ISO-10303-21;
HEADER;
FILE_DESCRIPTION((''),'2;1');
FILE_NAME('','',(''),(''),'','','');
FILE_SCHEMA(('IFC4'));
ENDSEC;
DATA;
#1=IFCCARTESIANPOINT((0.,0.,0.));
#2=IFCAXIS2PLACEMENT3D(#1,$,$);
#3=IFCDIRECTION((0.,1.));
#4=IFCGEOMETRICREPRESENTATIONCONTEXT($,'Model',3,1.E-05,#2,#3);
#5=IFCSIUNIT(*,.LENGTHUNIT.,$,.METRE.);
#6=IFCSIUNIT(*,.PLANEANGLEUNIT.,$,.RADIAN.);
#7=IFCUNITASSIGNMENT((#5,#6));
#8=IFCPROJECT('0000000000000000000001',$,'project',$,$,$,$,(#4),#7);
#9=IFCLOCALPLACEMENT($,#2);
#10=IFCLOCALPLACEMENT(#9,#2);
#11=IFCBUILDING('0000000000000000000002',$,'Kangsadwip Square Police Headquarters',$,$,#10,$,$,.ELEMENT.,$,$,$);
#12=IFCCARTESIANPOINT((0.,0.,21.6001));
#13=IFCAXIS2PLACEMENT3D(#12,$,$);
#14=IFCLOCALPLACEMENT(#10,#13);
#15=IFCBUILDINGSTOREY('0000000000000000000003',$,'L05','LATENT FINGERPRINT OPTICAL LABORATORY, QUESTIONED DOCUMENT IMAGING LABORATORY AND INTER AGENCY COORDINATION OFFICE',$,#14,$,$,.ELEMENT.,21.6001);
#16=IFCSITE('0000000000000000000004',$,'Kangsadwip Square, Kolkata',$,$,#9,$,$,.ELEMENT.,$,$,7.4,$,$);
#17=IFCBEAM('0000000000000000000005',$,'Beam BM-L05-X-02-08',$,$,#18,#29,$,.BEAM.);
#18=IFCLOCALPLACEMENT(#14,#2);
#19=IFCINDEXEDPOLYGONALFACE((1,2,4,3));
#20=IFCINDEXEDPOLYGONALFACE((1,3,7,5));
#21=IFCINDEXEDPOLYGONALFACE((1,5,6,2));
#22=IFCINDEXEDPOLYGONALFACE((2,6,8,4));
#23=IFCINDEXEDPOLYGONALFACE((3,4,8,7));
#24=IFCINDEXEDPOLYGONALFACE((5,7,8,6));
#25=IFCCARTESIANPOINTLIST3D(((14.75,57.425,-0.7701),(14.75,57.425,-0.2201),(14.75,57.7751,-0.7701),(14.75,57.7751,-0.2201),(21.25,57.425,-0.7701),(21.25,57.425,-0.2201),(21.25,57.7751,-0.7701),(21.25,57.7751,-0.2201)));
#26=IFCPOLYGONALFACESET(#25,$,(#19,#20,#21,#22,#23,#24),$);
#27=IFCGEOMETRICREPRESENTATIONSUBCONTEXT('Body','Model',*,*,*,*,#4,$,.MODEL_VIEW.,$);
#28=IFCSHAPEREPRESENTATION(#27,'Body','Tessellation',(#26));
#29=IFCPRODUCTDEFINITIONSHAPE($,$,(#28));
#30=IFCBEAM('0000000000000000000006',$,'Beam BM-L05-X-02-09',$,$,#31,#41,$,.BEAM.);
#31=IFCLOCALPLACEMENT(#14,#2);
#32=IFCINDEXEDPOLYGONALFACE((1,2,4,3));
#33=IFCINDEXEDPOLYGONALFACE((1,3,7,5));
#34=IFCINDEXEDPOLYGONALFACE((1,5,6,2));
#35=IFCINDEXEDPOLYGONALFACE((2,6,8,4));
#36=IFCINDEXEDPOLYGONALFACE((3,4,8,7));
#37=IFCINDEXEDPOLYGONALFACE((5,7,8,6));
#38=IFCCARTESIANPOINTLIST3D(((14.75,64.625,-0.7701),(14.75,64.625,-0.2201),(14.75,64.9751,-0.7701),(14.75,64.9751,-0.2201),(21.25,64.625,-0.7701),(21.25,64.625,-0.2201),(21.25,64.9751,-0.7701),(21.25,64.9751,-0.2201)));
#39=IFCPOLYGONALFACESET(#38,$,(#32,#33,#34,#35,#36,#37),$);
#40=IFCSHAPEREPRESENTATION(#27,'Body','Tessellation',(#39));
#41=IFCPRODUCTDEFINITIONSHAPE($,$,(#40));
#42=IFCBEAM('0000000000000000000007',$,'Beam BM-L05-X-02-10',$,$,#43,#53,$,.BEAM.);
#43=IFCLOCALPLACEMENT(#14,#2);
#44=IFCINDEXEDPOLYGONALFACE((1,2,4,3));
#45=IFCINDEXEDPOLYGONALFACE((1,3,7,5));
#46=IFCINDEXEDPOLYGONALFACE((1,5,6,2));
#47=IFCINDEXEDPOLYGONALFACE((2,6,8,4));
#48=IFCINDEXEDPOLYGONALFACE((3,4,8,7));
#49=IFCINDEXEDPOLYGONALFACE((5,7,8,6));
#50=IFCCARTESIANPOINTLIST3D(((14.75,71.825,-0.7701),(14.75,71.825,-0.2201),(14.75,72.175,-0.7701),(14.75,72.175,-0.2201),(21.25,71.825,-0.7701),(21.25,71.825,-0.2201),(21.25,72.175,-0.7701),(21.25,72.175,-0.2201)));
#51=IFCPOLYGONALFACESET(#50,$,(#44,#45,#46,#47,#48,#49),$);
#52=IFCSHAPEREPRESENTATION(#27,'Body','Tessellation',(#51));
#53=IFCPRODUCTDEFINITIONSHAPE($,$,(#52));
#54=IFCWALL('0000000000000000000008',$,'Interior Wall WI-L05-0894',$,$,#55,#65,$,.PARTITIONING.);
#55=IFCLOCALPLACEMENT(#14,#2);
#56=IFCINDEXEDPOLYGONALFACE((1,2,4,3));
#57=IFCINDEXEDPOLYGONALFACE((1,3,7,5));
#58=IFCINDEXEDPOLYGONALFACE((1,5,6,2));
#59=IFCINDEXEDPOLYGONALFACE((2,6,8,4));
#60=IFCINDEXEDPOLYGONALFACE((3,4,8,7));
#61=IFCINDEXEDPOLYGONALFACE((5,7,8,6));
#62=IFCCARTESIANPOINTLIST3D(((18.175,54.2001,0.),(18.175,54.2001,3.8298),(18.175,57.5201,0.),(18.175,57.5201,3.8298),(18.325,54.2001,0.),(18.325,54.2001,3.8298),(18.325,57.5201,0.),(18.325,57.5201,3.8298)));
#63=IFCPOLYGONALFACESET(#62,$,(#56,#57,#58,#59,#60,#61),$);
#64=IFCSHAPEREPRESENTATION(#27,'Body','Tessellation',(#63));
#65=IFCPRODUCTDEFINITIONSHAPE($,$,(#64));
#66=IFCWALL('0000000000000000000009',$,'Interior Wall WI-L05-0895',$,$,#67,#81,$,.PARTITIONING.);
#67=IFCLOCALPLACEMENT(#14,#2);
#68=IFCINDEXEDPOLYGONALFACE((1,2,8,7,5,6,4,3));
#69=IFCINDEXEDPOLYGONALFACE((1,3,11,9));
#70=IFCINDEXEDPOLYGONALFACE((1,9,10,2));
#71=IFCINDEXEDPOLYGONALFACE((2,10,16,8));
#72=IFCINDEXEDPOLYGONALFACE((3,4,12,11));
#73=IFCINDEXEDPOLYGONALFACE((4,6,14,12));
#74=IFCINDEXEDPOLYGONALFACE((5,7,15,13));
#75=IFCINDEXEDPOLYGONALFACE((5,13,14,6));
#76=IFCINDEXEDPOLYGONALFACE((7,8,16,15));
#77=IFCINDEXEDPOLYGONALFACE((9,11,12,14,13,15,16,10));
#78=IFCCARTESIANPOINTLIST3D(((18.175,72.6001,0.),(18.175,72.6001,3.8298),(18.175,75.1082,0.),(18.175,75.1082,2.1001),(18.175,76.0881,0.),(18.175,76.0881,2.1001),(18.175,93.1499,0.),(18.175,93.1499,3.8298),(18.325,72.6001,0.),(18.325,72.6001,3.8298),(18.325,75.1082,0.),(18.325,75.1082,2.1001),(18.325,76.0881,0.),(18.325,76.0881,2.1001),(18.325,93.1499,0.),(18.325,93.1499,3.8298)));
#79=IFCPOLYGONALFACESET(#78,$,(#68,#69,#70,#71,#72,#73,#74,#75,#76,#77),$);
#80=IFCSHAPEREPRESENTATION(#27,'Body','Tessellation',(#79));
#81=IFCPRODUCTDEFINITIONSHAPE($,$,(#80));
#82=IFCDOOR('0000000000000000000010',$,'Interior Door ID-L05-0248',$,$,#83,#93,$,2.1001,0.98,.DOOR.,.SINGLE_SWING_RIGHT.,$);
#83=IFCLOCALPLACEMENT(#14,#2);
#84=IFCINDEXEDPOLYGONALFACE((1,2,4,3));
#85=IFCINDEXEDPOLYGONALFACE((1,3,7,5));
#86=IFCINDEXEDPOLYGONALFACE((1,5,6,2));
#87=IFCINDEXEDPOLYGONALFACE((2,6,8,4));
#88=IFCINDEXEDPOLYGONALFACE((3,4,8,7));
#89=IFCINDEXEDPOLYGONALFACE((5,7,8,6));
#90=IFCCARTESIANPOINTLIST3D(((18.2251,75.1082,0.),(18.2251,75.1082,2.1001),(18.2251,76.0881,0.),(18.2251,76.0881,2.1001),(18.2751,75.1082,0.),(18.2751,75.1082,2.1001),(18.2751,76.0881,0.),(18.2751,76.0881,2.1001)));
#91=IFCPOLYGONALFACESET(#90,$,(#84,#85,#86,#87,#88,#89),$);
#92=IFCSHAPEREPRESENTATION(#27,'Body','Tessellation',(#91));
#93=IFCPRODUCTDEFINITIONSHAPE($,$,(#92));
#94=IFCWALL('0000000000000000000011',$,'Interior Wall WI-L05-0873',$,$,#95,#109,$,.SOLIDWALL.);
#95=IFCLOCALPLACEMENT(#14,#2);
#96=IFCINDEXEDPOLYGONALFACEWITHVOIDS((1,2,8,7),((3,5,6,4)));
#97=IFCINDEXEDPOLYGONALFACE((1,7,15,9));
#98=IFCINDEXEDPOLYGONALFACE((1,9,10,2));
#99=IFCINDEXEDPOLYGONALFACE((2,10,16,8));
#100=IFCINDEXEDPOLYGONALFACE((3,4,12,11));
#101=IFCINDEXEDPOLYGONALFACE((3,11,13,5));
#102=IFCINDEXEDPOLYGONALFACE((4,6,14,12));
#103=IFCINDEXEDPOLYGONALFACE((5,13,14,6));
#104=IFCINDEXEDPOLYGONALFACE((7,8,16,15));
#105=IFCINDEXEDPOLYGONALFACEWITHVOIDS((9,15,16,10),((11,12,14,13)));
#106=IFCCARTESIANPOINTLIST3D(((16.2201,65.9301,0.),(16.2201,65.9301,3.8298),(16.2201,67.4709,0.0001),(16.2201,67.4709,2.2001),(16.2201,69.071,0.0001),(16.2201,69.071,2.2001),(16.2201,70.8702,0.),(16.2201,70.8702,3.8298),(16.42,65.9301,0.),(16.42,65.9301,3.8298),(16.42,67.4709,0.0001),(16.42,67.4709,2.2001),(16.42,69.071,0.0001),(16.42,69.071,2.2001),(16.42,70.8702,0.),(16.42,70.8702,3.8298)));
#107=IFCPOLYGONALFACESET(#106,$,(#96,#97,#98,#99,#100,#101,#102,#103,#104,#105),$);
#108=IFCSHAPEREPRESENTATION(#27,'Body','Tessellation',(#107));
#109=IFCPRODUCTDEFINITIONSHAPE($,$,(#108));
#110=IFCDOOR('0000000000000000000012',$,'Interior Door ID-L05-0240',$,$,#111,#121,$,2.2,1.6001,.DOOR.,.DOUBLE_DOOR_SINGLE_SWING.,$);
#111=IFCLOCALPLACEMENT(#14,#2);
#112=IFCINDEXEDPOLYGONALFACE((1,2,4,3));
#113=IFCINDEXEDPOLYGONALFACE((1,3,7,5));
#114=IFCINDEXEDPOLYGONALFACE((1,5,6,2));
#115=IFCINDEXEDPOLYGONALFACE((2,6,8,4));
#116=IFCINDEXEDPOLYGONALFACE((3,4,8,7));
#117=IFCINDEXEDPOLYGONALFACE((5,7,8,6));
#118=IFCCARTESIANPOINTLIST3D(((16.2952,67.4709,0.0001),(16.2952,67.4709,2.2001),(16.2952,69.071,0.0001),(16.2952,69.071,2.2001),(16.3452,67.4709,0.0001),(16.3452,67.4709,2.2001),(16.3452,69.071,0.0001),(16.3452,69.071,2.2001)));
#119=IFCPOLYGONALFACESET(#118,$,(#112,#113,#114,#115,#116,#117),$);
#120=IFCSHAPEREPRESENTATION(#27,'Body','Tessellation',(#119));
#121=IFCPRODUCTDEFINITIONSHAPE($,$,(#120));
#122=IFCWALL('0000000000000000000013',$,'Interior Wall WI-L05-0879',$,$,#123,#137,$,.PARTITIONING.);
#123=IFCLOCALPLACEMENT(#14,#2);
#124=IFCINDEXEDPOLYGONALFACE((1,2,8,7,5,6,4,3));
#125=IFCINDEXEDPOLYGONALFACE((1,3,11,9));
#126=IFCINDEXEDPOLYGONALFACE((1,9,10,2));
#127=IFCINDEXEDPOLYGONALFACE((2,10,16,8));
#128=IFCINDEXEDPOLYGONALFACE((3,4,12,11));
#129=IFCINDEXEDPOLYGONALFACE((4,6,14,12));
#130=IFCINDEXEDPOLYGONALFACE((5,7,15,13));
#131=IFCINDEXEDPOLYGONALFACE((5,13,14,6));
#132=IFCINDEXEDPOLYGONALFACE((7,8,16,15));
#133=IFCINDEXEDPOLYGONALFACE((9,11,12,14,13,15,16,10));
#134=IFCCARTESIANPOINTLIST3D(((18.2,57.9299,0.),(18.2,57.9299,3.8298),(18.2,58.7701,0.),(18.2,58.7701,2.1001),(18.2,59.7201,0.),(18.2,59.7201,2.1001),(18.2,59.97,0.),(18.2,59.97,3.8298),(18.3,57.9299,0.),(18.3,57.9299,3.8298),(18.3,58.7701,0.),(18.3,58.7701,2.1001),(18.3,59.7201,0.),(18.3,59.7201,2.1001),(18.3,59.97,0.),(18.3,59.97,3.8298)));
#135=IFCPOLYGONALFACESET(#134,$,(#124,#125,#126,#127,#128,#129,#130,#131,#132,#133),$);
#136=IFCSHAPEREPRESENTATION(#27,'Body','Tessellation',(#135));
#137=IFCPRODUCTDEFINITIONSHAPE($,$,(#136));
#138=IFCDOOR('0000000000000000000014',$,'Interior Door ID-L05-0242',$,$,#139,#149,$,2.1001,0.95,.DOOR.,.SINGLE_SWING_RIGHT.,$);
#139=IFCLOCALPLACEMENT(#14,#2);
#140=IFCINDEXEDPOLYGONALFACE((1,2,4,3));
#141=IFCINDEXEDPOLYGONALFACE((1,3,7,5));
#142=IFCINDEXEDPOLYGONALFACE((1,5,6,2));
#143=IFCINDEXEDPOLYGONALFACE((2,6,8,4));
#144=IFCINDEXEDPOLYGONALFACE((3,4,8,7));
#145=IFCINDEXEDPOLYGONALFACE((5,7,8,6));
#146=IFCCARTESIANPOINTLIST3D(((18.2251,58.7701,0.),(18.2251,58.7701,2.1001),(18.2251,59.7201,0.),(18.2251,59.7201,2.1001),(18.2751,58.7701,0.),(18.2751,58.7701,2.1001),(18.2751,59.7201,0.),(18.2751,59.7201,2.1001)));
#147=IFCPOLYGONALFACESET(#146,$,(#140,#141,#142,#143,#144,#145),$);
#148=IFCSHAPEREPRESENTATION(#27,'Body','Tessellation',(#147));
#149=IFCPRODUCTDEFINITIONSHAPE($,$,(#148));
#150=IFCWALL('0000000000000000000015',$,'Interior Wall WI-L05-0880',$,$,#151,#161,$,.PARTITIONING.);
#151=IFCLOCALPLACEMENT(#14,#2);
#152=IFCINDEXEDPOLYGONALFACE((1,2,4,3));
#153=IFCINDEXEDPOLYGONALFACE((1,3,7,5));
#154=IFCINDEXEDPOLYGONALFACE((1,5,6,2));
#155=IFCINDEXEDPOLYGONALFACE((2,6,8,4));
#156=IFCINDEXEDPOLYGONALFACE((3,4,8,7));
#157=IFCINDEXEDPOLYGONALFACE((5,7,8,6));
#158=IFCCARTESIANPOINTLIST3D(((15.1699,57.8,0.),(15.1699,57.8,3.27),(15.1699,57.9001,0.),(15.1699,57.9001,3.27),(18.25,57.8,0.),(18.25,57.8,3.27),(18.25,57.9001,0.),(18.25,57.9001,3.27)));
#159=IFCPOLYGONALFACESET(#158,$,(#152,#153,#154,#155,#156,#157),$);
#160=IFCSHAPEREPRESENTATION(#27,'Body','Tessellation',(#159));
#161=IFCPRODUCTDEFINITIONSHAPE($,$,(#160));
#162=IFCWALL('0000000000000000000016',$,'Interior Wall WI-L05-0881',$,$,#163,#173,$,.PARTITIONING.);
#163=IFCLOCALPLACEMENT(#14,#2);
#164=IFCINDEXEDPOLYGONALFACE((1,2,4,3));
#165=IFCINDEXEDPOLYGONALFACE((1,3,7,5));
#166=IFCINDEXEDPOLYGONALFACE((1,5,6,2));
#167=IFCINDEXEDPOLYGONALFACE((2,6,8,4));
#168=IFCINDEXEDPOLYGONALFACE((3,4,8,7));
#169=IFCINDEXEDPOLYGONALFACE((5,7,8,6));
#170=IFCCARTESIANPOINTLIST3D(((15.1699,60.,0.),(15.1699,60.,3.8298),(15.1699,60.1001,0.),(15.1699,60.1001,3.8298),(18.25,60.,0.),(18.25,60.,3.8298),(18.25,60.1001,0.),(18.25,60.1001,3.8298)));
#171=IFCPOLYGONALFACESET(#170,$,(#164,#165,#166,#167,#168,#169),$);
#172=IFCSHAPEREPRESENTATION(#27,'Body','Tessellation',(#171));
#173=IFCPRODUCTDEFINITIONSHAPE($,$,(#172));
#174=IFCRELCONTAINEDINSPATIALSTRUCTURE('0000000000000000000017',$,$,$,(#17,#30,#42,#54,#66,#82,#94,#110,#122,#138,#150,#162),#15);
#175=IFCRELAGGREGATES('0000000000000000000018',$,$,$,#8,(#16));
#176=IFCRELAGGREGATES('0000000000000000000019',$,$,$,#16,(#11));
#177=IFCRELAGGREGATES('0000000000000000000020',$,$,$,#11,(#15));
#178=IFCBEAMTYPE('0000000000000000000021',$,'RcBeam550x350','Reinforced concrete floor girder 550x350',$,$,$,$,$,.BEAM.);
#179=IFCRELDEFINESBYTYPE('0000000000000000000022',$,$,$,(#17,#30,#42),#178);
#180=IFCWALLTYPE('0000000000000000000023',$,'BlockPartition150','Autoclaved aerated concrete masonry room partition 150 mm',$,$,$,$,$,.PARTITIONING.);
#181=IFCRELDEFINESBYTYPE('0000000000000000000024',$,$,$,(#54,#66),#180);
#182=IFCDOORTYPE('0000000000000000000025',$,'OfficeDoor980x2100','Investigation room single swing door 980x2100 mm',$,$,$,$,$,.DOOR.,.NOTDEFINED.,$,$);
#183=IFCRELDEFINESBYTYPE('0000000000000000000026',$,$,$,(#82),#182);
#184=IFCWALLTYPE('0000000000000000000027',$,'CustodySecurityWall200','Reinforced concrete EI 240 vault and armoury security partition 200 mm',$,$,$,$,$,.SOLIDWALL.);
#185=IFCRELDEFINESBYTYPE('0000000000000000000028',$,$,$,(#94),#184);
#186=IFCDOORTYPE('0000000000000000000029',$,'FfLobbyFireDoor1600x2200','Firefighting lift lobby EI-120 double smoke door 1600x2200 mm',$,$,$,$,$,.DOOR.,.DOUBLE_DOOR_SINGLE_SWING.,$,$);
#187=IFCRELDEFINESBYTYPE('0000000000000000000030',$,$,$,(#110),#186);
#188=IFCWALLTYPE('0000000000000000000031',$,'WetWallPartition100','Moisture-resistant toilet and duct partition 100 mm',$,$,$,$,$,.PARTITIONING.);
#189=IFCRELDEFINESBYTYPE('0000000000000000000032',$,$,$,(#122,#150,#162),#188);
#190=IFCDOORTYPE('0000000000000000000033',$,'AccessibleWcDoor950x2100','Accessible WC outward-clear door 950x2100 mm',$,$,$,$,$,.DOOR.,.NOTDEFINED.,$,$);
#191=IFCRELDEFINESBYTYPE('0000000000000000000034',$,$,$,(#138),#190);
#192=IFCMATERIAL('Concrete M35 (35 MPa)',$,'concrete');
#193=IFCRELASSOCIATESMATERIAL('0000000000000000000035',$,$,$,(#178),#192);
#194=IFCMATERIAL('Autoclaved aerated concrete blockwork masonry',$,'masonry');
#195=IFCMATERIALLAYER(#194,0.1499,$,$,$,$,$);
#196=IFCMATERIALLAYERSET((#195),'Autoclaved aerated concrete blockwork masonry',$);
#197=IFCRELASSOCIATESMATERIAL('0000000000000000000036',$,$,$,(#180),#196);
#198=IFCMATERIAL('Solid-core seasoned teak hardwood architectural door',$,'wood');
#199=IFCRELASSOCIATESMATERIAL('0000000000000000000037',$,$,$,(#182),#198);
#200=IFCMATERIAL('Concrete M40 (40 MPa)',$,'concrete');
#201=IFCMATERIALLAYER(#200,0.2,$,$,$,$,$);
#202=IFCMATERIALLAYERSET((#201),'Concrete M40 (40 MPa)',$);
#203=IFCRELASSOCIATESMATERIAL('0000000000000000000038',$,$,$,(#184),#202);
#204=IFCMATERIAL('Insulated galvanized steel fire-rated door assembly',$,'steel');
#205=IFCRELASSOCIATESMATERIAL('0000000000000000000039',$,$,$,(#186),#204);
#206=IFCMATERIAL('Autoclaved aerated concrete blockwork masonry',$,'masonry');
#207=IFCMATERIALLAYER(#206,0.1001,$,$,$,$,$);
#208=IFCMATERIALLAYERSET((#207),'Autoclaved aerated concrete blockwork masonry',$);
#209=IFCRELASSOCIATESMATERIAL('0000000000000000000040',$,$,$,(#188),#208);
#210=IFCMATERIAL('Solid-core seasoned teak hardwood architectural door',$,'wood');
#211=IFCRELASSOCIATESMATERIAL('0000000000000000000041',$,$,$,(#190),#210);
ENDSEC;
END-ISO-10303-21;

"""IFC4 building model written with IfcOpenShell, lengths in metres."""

from ifc_helpers import new_model, si_unit, direction, frame, frame_2d, origin, origin_2d, place, context, subcontext, project, spatial, rectangle, extrude, material, layer, layer_set, material_profile, profile_set, type_object, element, fill, save


model = new_model("IFC4")

# Units and contexts
model_context = context("Model", 3, precision=1e-05, world=origin(), true_north=direction((0.0, 1.0)))
body_context = subcontext(model_context, "Body", "Model", "MODEL_VIEW")
ifc_project = project(units=[si_unit("LENGTHUNIT", "METRE"), si_unit("PLANEANGLEUNIT", "RADIAN")], contexts=[model_context])

# Site, building, storey
site_placement = place(None, origin())
site = spatial("IfcSite", under=ifc_project, at=site_placement, Name="Kangsadwip Square, Kolkata", CompositionType="ELEMENT", RefElevation=7.4)
building_placement = place(site_placement, origin())
building = spatial("IfcBuilding", under=site, at=building_placement, Name="Kangsadwip Square Police Headquarters", CompositionType="ELEMENT")
storey_placement = place(building_placement, frame((0.0, 0.0, 21.6001)))
storey = spatial("IfcBuildingStorey", under=building, at=storey_placement, Name="L05", Description="LATENT FINGERPRINT OPTICAL LABORATORY, QUESTIONED DOCUMENT IMAGING LABORATORY AND INTER AGENCY COORDINATION OFFICE", CompositionType="ELEMENT", Elevation=21.6001)

# Beams
ifc_material_1 = material(Name="Concrete M35 (35 MPa)", Category="concrete")
ifc_material_profile = material_profile(ifc_material_1, rectangle(XDim=0.3501, YDim=0.55, at=origin_2d()), Name="RC BM 550X350")
ifc_profile_set = profile_set([ifc_material_profile], Name="Concrete M35 (35 MPa)")
beam_type = type_object("IfcBeamType", Name="RcBeam550x350", Description="Reinforced concrete floor girder 550x350", PredefinedType="BEAM", material=ifc_profile_set)
for number, where, z_axis, x_axis, name in (
    (1, (14.75, 57.6001, -0.4951), (1.0, 0.0, 0.0), (0.0, 1.0, 0.0), "Beam BM-L05-X-02-08"),
    (2, (14.75, 64.8, -0.4951), (1.0, 0.0, 0.0), (0.0, 1.0, 0.0), "Beam BM-L05-X-02-09"),
    (3, (14.75, 72.0, -0.4951), (1.0, 0.0, 0.0), (0.0, 1.0, 0.0), "Beam BM-L05-X-02-10"),
):
    element("IfcBeam", number, at=place(storey_placement, frame(where, z_axis=z_axis, x_axis=x_axis)), inside=storey, type_object=beam_type, Name=name, PredefinedType="BEAM", context=body_context, shape_type="SweptSolid", body=[
        extrude(rectangle(XDim=0.3501, YDim=0.55, at=origin_2d()), origin(), (0.0, 0.0, 1.0), 6.5),
    ])

# Shared definitions
ifc_material_2 = material(Name="Autoclaved aerated concrete blockwork masonry", Category="masonry")
ifc_layer_1 = layer(ifc_material_2, 0.1499)
ifc_layer_set_1 = layer_set([ifc_layer_1], Name="Autoclaved aerated concrete blockwork masonry")
wall_type_1 = type_object("IfcWallType", Name="BlockPartition150", Description="Autoclaved aerated concrete masonry room partition 150 mm", PredefinedType="PARTITIONING", material=ifc_layer_set_1)

# Wall
wall_1_placement = place(storey_placement, frame((18.25, 54.2, 0.0), z_axis=(0.0, 0.0, 1.0), x_axis=(0.0, 1.0, 0.0)))
element("IfcWall", 4, at=wall_1_placement, inside=storey, type_object=wall_type_1, Name="Interior Wall WI-L05-0894", PredefinedType="PARTITIONING", context=body_context, shape_type="SweptSolid", body=[
    extrude(rectangle(XDim=3.3201, YDim=0.1499, at=frame_2d((1.6602, 0.0))), origin(), (0.0, 0.0, 1.0), 3.8298),
])

# Walls, openings, doors
wall_2_placement = place(storey_placement, frame((18.25, 72.6001, 0.0), z_axis=(0.0, 0.0, 1.0), x_axis=(0.0, 1.0, 0.0)))
wall_2 = element("IfcWall", 5, at=wall_2_placement, inside=storey, type_object=wall_type_1, Name="Interior Wall WI-L05-0895", PredefinedType="PARTITIONING", context=body_context, shape_type="SweptSolid", body=[
    extrude(rectangle(XDim=20.5498, YDim=0.1499, at=frame_2d((10.2749, 0.0))), origin(), (0.0, 0.0, 1.0), 3.8298),
])
opening_1_placement = place(wall_2_placement, frame((2.5081, 0.0, 0.0)))
opening_1 = element("IfcOpeningElement", 6, at=opening_1_placement, cuts=wall_2, PredefinedType="OPENING", context=body_context, shape_type="SweptSolid", body=[
    extrude(rectangle(XDim=0.98, YDim=2.1001, at=frame_2d((0.49, 1.05))), frame((0.0, 0.085, 0.0), z_axis=(0.0, -1.0, 0.0), x_axis=(1.0, 0.0, 0.0)), (0.0, 0.0, 1.0), 0.1699),
])
ifc_material_3 = material(Name="Solid-core seasoned teak hardwood architectural door", Category="wood")
door_type_1 = type_object("IfcDoorType", Name="OfficeDoor980x2100", Description="Investigation room single swing door 980x2100 mm", OperationType="NOTDEFINED", PredefinedType="DOOR", material=ifc_material_3)
door_1_placement = place(opening_1_placement, origin())
door_1 = element("IfcDoor", 7, at=door_1_placement, inside=storey, type_object=door_type_1, Name="Interior Door ID-L05-0248", OperationType="SINGLE_SWING_RIGHT", OverallHeight=2.1001, OverallWidth=0.98, PredefinedType="DOOR", context=body_context, shape_type="SweptSolid", body=[
    extrude(rectangle(XDim=0.98, YDim=2.1001, at=frame_2d((0.49, 1.05))), frame((0.0, 0.0249, 0.0), z_axis=(0.0, -1.0, 0.0), x_axis=(1.0, 0.0, 0.0)), (0.0, 0.0, 1.0), 0.05),
])
fill(opening_1, door_1)
ifc_material_4 = material(Name="Concrete M40 (40 MPa)", Category="concrete")
ifc_layer_2 = layer(ifc_material_4, 0.2)
ifc_layer_set_2 = layer_set([ifc_layer_2], Name="Concrete M40 (40 MPa)")
wall_type_2 = type_object("IfcWallType", Name="CustodySecurityWall200", Description="Reinforced concrete EI 240 vault and armoury security partition 200 mm", PredefinedType="SOLIDWALL", material=ifc_layer_set_2)
wall_3_placement = place(storey_placement, frame((16.3201, 65.9299, 0.0), z_axis=(0.0, 0.0, 1.0), x_axis=(0.0, 1.0, 0.0)))
wall_3 = element("IfcWall", 8, at=wall_3_placement, inside=storey, type_object=wall_type_2, Name="Interior Wall WI-L05-0873", PredefinedType="SOLIDWALL", context=body_context, shape_type="SweptSolid", body=[
    extrude(rectangle(XDim=4.9402, YDim=0.2, at=frame_2d((2.4702, 0.0))), origin(), (0.0, 0.0, 1.0), 3.8298),
])
opening_2_placement = place(wall_3_placement, frame((1.541, 0.0, 0.0)))
opening_2 = element("IfcOpeningElement", 9, at=opening_2_placement, cuts=wall_3, PredefinedType="OPENING", context=body_context, shape_type="SweptSolid", body=[
    extrude(rectangle(XDim=1.6001, YDim=2.2, at=frame_2d((0.8, 1.1001))), frame((0.0, 0.1099, 0.0), z_axis=(0.0, -1.0, 0.0), x_axis=(1.0, 0.0, 0.0)), (0.0, 0.0, 1.0), 0.22),
])
ifc_material_5 = material(Name="Insulated galvanized steel fire-rated door assembly", Category="steel")
door_type_2 = type_object("IfcDoorType", Name="FfLobbyFireDoor1600x2200", Description="Firefighting lift lobby EI-120 double smoke door 1600x2200 mm", OperationType="DOUBLE_DOOR_SINGLE_SWING", PredefinedType="DOOR", material=ifc_material_5)
door_2_placement = place(opening_2_placement, origin())
door_2 = element("IfcDoor", 10, at=door_2_placement, inside=storey, type_object=door_type_2, Name="Interior Door ID-L05-0240", OperationType="DOUBLE_DOOR_SINGLE_SWING", OverallHeight=2.2, OverallWidth=1.6001, PredefinedType="DOOR", context=body_context, shape_type="SweptSolid", body=[
    extrude(rectangle(XDim=1.6001, YDim=2.2, at=frame_2d((0.8, 1.1001))), frame((0.0, 0.0249, 0.0), z_axis=(0.0, -1.0, 0.0), x_axis=(1.0, 0.0, 0.0)), (0.0, 0.0, 1.0), 0.05),
])
fill(opening_2, door_2)
ifc_material_6 = material(Name="Autoclaved aerated concrete blockwork masonry", Category="masonry")
ifc_layer_3 = layer(ifc_material_6, 0.1001)
ifc_layer_set_3 = layer_set([ifc_layer_3], Name="Autoclaved aerated concrete blockwork masonry")
wall_type_3 = type_object("IfcWallType", Name="WetWallPartition100", Description="Moisture-resistant toilet and duct partition 100 mm", PredefinedType="PARTITIONING", material=ifc_layer_set_3)
wall_4_placement = place(storey_placement, frame((18.25, 57.9299, 0.0), z_axis=(0.0, 0.0, 1.0), x_axis=(0.0, 1.0, 0.0)))
wall_4 = element("IfcWall", 11, at=wall_4_placement, inside=storey, type_object=wall_type_3, Name="Interior Wall WI-L05-0879", PredefinedType="PARTITIONING", context=body_context, shape_type="SweptSolid", body=[
    extrude(rectangle(XDim=2.04, YDim=0.1001, at=frame_2d((1.02, 0.0))), origin(), (0.0, 0.0, 1.0), 3.8298),
])
opening_3_placement = place(wall_4_placement, frame((0.8401, 0.0, 0.0)))
opening_3 = element("IfcOpeningElement", 12, at=opening_3_placement, cuts=wall_4, PredefinedType="OPENING", context=body_context, shape_type="SweptSolid", body=[
    extrude(rectangle(XDim=0.95, YDim=2.1001, at=frame_2d((0.4751, 1.05))), frame((0.0, 0.0601, 0.0), z_axis=(0.0, -1.0, 0.0), x_axis=(1.0, 0.0, 0.0)), (0.0, 0.0, 1.0), 0.1201),
])
ifc_material_7 = material(Name="Solid-core seasoned teak hardwood architectural door", Category="wood")
door_type_3 = type_object("IfcDoorType", Name="AccessibleWcDoor950x2100", Description="Accessible WC outward-clear door 950x2100 mm", OperationType="NOTDEFINED", PredefinedType="DOOR", material=ifc_material_7)
door_3_placement = place(opening_3_placement, origin())
door_3 = element("IfcDoor", 13, at=door_3_placement, inside=storey, type_object=door_type_3, Name="Interior Door ID-L05-0242", OperationType="SINGLE_SWING_RIGHT", OverallHeight=2.1001, OverallWidth=0.95, PredefinedType="DOOR", context=body_context, shape_type="SweptSolid", body=[
    extrude(rectangle(XDim=0.95, YDim=2.1001, at=frame_2d((0.4751, 1.05))), frame((0.0, 0.0249, 0.0), z_axis=(0.0, -1.0, 0.0), x_axis=(1.0, 0.0, 0.0)), (0.0, 0.0, 1.0), 0.05),
])
fill(opening_3, door_3)

# Walls
wall_5_placement = place(storey_placement, frame((15.1699, 57.8501, 0.0), z_axis=(0.0, 0.0, 1.0), x_axis=(1.0, 0.0, 0.0)))
element("IfcWall", 14, at=wall_5_placement, inside=storey, type_object=wall_type_3, Name="Interior Wall WI-L05-0880", PredefinedType="PARTITIONING", context=body_context, shape_type="SweptSolid", body=[
    extrude(rectangle(XDim=3.0801, YDim=0.1001, at=frame_2d((1.54, 0.0))), origin(), (0.0, 0.0, 1.0), 3.27),
])
wall_6_placement = place(storey_placement, frame((15.1699, 60.05, 0.0), z_axis=(0.0, 0.0, 1.0), x_axis=(1.0, 0.0, 0.0)))
element("IfcWall", 15, at=wall_6_placement, inside=storey, type_object=wall_type_3, Name="Interior Wall WI-L05-0881", PredefinedType="PARTITIONING", context=body_context, shape_type="SweptSolid", body=[
    extrude(rectangle(XDim=3.0801, YDim=0.1001, at=frame_2d((1.54, 0.0))), origin(), (0.0, 0.0, 1.0), 3.8298),
])

save(model, "model.ifc")
